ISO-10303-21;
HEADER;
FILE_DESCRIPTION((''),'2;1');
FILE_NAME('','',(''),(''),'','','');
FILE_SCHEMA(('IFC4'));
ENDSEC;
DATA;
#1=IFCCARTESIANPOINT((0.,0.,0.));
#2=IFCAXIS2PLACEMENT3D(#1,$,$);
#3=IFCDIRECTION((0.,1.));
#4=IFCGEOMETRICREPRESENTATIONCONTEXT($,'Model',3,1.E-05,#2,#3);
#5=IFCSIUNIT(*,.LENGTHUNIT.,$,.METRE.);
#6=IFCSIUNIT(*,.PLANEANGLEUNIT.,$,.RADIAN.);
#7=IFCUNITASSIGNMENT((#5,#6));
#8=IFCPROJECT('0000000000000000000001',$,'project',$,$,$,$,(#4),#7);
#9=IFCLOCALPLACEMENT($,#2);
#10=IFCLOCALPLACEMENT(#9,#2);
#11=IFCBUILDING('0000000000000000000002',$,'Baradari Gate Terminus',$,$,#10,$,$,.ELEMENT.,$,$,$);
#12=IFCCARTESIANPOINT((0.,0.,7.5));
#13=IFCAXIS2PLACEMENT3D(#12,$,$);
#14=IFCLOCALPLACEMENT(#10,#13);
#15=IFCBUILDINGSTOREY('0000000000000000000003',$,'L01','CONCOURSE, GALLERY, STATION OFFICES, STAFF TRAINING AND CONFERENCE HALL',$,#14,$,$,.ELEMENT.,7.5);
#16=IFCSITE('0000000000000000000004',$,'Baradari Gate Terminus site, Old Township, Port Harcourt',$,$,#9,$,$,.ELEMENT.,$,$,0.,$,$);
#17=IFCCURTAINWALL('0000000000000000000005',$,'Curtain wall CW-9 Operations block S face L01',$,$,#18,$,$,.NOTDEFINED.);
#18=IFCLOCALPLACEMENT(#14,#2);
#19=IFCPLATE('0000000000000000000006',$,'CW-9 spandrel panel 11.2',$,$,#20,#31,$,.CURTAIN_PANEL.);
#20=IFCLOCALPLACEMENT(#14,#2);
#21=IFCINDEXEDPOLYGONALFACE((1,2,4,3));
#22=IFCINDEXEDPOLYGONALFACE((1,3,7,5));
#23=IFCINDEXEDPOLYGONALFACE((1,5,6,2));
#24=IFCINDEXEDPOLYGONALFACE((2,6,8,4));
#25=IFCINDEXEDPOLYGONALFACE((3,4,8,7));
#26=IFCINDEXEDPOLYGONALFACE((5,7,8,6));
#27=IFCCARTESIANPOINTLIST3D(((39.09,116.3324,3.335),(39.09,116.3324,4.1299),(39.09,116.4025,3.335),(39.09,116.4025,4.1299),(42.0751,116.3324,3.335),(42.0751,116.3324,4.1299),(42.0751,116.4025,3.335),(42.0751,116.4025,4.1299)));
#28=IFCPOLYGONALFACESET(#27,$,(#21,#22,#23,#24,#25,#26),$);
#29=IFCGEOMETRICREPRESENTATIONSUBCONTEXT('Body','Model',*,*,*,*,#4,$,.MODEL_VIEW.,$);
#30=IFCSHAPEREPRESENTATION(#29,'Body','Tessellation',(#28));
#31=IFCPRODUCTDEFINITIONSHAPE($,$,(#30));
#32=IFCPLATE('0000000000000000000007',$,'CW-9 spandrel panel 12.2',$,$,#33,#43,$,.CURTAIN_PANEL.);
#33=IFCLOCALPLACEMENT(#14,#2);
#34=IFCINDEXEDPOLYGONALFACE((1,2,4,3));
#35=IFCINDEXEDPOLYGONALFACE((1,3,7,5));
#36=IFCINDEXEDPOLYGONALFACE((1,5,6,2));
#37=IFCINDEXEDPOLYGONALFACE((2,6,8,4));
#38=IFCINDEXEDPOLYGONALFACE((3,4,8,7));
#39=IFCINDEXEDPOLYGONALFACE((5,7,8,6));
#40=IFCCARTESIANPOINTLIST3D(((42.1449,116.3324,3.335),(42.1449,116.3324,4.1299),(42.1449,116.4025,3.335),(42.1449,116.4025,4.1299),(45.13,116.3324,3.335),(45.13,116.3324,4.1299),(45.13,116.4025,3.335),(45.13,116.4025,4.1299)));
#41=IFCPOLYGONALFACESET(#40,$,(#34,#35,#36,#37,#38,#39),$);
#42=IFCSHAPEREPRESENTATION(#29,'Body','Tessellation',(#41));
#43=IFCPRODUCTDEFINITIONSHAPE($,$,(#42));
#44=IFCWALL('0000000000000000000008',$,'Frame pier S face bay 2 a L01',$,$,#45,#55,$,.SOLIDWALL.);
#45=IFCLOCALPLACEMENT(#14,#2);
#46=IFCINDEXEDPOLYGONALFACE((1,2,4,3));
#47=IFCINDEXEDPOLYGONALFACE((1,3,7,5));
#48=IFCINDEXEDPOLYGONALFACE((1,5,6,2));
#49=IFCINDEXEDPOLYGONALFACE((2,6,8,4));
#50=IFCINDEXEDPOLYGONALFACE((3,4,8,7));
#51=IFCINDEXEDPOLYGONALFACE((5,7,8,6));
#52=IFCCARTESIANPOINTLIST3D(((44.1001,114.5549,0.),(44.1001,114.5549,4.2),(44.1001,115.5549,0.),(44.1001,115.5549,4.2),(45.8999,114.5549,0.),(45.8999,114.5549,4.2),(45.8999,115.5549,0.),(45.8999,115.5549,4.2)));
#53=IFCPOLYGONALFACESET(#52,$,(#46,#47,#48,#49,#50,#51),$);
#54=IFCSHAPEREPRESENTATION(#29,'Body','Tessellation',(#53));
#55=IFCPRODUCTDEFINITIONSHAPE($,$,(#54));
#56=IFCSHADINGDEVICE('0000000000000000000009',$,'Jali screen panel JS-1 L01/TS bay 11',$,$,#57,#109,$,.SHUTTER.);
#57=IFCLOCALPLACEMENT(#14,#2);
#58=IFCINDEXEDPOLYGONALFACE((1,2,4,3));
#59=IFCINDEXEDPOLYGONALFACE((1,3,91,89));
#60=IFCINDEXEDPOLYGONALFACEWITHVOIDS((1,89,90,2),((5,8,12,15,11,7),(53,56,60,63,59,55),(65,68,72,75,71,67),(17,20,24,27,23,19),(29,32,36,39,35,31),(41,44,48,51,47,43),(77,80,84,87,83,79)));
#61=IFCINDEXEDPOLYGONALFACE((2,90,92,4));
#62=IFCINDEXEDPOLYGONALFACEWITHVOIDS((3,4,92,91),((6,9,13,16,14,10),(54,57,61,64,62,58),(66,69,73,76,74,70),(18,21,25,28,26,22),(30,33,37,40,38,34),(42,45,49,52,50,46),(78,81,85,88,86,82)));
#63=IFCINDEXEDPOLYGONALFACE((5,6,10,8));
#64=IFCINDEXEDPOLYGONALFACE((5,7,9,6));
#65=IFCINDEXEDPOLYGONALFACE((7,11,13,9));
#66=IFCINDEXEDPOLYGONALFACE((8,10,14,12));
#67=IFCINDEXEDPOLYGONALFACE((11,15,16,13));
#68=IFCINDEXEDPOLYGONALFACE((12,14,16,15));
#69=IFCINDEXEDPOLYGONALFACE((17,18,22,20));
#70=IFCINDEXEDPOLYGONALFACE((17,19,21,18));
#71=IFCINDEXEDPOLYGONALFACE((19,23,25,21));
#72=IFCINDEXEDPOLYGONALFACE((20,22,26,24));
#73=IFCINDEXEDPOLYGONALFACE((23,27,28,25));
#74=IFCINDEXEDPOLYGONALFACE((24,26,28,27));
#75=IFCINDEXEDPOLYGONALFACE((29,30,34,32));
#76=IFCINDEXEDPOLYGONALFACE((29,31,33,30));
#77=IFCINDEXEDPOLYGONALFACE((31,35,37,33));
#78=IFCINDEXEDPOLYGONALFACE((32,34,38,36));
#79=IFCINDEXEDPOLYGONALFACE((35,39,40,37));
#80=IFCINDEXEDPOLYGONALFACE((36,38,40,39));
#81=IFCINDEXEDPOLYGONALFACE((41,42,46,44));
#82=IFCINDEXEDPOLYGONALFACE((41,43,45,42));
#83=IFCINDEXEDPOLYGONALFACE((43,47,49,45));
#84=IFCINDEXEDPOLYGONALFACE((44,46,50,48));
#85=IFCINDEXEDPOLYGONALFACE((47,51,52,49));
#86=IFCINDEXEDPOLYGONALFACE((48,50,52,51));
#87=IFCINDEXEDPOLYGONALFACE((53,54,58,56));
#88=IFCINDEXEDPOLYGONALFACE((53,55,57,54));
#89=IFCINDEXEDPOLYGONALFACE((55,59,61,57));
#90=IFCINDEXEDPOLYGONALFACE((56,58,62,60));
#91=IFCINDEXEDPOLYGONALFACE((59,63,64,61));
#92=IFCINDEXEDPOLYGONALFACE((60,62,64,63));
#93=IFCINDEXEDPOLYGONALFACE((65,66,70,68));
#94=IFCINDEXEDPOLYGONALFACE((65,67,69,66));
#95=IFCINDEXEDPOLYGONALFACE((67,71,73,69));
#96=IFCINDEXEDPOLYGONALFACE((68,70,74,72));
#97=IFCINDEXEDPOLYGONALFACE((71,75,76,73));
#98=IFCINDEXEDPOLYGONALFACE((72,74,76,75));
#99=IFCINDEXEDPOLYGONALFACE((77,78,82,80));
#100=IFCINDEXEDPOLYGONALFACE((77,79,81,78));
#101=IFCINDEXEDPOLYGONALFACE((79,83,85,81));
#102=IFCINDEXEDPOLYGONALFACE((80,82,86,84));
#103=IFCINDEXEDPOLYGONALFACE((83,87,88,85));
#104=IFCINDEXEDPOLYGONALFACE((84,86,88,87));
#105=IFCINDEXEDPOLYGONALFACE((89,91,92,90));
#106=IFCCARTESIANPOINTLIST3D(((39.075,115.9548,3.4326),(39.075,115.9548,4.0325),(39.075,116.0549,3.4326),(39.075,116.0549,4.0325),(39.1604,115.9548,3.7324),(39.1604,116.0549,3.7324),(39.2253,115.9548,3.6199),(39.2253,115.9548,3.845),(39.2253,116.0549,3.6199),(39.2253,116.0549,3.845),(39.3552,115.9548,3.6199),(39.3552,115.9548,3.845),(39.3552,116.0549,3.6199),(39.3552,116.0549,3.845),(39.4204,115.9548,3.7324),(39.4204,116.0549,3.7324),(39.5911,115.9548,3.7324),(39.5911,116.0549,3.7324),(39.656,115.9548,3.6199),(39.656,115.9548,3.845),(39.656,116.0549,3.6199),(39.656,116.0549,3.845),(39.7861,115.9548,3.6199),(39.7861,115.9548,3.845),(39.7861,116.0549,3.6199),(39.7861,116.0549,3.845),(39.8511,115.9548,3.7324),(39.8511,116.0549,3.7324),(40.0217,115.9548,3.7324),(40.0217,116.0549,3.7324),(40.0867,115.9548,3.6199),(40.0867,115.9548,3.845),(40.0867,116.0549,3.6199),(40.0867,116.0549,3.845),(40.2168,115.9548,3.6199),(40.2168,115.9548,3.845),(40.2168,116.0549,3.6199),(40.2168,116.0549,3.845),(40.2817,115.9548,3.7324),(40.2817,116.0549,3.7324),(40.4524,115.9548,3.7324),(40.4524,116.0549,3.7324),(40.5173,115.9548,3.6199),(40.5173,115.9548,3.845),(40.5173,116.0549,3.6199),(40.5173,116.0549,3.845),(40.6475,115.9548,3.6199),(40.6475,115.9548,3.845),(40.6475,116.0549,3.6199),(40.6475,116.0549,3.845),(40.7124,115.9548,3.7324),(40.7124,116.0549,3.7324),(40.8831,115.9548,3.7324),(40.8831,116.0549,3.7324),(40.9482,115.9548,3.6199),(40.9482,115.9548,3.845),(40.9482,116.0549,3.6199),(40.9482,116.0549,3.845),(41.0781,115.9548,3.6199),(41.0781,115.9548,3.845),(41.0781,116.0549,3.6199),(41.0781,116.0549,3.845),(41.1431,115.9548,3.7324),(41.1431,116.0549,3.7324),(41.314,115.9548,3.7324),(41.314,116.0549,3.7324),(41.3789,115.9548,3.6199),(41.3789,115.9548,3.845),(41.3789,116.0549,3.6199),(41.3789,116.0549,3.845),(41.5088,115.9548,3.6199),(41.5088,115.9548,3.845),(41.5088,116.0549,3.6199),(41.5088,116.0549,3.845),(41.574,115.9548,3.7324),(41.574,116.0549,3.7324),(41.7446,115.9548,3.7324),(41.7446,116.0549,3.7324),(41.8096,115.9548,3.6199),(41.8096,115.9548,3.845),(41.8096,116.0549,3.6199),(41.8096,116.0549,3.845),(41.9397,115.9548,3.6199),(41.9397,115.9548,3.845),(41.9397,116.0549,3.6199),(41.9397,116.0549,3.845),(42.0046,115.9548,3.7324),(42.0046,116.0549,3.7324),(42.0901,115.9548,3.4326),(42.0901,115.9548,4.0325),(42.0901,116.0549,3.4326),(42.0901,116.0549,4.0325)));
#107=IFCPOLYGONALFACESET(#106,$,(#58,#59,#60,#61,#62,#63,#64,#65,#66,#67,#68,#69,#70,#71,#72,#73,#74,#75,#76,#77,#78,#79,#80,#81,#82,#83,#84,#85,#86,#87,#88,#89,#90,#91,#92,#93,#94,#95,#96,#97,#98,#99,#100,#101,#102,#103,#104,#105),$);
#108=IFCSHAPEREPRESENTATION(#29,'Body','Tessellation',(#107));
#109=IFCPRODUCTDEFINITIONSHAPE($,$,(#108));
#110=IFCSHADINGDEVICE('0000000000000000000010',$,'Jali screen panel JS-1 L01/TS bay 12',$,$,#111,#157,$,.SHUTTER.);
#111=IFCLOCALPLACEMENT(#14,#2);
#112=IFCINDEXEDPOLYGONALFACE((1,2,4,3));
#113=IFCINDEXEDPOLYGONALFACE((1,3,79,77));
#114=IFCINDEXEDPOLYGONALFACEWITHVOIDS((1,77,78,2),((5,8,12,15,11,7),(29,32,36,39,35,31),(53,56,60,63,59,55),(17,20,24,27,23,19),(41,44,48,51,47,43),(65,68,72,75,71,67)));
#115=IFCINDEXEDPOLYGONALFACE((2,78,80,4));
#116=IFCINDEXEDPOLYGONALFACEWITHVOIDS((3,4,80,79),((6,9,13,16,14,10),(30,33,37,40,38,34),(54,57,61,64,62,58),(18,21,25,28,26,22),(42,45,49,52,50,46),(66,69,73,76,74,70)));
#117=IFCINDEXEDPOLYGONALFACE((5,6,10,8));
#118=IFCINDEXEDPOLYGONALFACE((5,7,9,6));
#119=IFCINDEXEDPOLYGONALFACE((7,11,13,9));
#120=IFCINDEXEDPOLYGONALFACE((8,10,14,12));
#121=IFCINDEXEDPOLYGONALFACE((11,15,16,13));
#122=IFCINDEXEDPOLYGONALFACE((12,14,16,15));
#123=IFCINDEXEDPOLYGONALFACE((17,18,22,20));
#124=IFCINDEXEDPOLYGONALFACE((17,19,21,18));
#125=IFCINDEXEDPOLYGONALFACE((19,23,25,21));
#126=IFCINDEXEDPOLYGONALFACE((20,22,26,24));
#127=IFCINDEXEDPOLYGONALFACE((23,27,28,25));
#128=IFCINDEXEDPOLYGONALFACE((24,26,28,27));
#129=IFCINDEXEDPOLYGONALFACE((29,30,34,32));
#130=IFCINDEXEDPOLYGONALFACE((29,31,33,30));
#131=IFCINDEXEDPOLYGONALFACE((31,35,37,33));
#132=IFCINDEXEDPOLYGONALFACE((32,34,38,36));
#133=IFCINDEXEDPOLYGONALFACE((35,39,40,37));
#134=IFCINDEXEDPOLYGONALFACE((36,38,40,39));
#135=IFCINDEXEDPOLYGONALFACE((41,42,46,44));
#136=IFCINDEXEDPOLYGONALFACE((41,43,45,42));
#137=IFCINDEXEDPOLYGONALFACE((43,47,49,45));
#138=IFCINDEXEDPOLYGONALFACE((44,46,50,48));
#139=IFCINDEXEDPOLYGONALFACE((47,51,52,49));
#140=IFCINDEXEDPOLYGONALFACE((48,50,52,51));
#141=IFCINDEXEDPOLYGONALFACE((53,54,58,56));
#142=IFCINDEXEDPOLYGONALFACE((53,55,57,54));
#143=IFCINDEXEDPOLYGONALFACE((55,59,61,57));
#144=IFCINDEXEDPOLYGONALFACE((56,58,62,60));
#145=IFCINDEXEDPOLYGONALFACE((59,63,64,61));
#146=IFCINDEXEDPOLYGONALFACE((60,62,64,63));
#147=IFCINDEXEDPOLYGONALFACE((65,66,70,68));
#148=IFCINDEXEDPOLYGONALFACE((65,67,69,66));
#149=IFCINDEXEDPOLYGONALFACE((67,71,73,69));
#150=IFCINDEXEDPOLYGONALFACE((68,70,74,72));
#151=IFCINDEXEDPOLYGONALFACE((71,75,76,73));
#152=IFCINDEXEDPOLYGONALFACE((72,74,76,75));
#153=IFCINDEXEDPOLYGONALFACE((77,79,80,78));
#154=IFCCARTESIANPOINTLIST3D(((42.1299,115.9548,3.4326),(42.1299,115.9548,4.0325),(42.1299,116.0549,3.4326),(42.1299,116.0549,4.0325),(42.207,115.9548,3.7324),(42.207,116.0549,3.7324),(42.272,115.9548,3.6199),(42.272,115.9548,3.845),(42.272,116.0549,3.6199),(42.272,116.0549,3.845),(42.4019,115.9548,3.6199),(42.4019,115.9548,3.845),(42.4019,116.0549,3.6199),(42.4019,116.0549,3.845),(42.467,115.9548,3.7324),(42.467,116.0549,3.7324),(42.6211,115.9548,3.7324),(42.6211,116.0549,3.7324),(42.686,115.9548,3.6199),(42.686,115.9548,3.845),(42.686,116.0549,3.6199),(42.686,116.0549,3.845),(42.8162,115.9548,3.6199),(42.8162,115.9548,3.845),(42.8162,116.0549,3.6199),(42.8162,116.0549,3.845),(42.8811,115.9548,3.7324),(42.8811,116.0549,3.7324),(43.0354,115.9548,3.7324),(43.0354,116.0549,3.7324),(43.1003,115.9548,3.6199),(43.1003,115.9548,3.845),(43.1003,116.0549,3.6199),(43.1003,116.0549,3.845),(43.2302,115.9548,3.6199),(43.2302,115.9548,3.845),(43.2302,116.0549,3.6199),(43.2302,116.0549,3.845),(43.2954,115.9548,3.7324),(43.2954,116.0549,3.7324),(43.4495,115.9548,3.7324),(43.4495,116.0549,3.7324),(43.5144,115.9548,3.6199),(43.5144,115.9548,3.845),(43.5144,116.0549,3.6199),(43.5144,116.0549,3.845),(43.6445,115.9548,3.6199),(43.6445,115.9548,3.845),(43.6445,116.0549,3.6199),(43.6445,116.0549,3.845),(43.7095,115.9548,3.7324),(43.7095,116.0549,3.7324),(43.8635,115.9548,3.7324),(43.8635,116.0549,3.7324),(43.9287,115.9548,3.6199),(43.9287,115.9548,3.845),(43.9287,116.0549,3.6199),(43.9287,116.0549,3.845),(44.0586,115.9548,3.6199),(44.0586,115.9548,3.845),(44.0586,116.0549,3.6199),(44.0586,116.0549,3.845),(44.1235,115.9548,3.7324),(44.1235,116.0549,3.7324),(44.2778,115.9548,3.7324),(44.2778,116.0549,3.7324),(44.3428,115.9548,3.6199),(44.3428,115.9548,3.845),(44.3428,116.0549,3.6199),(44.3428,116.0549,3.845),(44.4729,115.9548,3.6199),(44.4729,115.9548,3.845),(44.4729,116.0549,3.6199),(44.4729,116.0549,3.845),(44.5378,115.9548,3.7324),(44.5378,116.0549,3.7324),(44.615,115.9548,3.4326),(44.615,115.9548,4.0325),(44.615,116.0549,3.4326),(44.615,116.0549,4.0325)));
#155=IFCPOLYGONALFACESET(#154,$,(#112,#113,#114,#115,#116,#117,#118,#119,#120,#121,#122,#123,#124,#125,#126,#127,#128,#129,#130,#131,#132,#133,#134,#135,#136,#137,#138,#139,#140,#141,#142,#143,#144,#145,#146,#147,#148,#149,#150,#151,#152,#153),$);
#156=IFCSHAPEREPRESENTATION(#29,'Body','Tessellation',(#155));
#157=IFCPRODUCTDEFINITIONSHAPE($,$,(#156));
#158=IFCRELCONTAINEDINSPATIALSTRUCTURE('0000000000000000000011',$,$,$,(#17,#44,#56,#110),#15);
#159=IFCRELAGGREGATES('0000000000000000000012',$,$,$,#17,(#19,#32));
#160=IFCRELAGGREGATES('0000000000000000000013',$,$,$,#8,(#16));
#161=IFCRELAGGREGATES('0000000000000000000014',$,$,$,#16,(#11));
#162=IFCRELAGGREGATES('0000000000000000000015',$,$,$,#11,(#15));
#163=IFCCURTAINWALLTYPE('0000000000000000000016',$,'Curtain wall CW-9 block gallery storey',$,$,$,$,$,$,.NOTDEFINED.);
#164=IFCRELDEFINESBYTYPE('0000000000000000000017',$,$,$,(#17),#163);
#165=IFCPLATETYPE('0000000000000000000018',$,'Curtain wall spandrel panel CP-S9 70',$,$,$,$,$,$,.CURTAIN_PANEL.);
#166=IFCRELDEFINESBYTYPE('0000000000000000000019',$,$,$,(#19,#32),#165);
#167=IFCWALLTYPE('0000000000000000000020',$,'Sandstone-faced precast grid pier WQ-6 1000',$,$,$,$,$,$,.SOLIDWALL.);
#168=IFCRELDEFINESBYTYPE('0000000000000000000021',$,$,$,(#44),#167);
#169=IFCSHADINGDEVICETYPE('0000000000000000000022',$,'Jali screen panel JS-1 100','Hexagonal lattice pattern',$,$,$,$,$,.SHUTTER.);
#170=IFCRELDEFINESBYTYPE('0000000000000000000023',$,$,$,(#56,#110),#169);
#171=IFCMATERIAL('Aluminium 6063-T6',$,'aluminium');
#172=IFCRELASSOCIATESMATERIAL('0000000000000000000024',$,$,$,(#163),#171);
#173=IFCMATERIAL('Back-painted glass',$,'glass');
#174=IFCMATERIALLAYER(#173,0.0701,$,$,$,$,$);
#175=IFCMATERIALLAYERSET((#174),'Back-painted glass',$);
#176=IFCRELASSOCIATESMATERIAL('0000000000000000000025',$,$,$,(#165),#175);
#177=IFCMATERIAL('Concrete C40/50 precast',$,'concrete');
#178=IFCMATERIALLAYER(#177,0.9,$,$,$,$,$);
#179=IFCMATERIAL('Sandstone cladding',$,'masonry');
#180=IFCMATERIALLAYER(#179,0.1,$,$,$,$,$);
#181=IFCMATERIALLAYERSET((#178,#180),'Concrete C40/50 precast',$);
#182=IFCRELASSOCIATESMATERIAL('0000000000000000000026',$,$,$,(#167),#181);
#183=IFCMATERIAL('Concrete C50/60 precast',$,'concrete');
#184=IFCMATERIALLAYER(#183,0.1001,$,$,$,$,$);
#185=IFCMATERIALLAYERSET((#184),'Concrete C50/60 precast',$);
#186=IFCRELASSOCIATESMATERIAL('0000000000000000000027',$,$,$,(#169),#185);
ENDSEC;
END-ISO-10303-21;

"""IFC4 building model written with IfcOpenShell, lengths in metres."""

from ifc_helpers import new_model, si_unit, direction, frame, frame_2d, origin, origin_2d, place, context, subcontext, project, spatial, polyline, rectangle, outline, extrude, material, layer, layer_set, type_object, element, aggregate, save


model = new_model("IFC4")

# Units and contexts
model_context = context("Model", 3, precision=1e-05, world=origin(), true_north=direction((0.0, 1.0)))
body_context = subcontext(model_context, "Body", "Model", "MODEL_VIEW")
ifc_project = project(units=[si_unit("LENGTHUNIT", "METRE"), si_unit("PLANEANGLEUNIT", "RADIAN")], contexts=[model_context])

# Site, building, storey
site_placement = place(None, origin())
site = spatial("IfcSite", under=ifc_project, at=site_placement, Name="Baradari Gate Terminus site, Old Township, Port Harcourt", CompositionType="ELEMENT", RefElevation=0.0)
building_placement = place(site_placement, origin())
building = spatial("IfcBuilding", under=site, at=building_placement, Name="Baradari Gate Terminus", CompositionType="ELEMENT")
storey_placement = place(building_placement, frame((0.0, 0.0, 7.5)))
storey = spatial("IfcBuildingStorey", under=building, at=storey_placement, Name="L01", Description="CONCOURSE, GALLERY, STATION OFFICES, STAFF TRAINING AND CONFERENCE HALL", CompositionType="ELEMENT", Elevation=7.5)

# Curtain wall, plates
ifc_material_1 = material(Name="Aluminium 6063-T6", Category="aluminium")
curtain_wall_type = type_object("IfcCurtainWallType", Name="Curtain wall CW-9 block gallery storey", PredefinedType="NOTDEFINED", material=ifc_material_1)
curtain_wall_placement = place(storey_placement, origin())
curtain_wall = element("IfcCurtainWall", 1, at=curtain_wall_placement, inside=storey, type_object=curtain_wall_type, Name="Curtain wall CW-9 Operations block S face L01", PredefinedType="NOTDEFINED")
ifc_material_2 = material(Name="Back-painted glass", Category="glass")
ifc_layer_1 = layer(ifc_material_2, 0.0701)
ifc_layer_set_1 = layer_set([ifc_layer_1], Name="Back-painted glass")
plate_type_1 = type_object("IfcPlateType", Name="Curtain wall spandrel panel CP-S9 70", PredefinedType="CURTAIN_PANEL", material=ifc_layer_set_1)
plate_1_placement = place(storey_placement, frame((40.5825, 116.3674, 3.335), z_axis=(0.0, 0.0, 1.0), x_axis=(1.0, 0.0, 0.0)))
plate_1 = element("IfcPlate", 2, at=plate_1_placement, type_object=plate_type_1, Name="CW-9 spandrel panel 11.2", PredefinedType="CURTAIN_PANEL", context=body_context, shape_type="SweptSolid", body=[
    extrude(rectangle(XDim=2.9851, YDim=0.0701, at=origin_2d()), origin(), (0.0, 0.0, 1.0), 0.7949),
])
plate_2_placement = place(storey_placement, frame((43.6375, 116.3674, 3.335), z_axis=(0.0, 0.0, 1.0), x_axis=(1.0, 0.0, 0.0)))
plate_2 = element("IfcPlate", 3, at=plate_2_placement, type_object=plate_type_1, Name="CW-9 spandrel panel 12.2", PredefinedType="CURTAIN_PANEL", context=body_context, shape_type="SweptSolid", body=[
    extrude(rectangle(XDim=2.9851, YDim=0.0701, at=origin_2d()), origin(), (0.0, 0.0, 1.0), 0.7949),
])
aggregate(curtain_wall, [plate_1, plate_2])

# Wall
ifc_material_3 = material(Name="Concrete C40/50 precast", Category="concrete")
ifc_layer_2 = layer(ifc_material_3, 0.9)
ifc_material_4 = material(Name="Sandstone cladding", Category="masonry")
ifc_layer_3 = layer(ifc_material_4, 0.1)
ifc_layer_set_2 = layer_set([ifc_layer_2, ifc_layer_3], Name="Concrete C40/50 precast")
wall_type = type_object("IfcWallType", Name="Sandstone-faced precast grid pier WQ-6 1000", PredefinedType="SOLIDWALL", material=ifc_layer_set_2)
wall_placement = place(storey_placement, frame((44.1001, 115.0549, 0.0), z_axis=(0.0, 0.0, 1.0), x_axis=(1.0, 0.0, 0.0)))
element("IfcWall", 4, at=wall_placement, inside=storey, type_object=wall_type, Name="Frame pier S face bay 2 a L01", PredefinedType="SOLIDWALL", context=body_context, shape_type="SweptSolid", body=[
    extrude(rectangle(XDim=1.7998, YDim=1.0, at=frame_2d((0.8999, 0.0))), origin(), (0.0, 0.0, 1.0), 4.2),
])

# Shading devices
ifc_material_5 = material(Name="Concrete C50/60 precast", Category="concrete")
ifc_layer_4 = layer(ifc_material_5, 0.1001)
ifc_layer_set_3 = layer_set([ifc_layer_4], Name="Concrete C50/60 precast")
shading_device_type = type_object("IfcShadingDeviceType", Name="Jali screen panel JS-1 100", Description="Hexagonal lattice pattern", PredefinedType="SHUTTER", material=ifc_layer_set_3)
shading_device_1_placement = place(storey_placement, frame((39.075, 116.0049, 3.4326), z_axis=(0.0, 0.0, 1.0), x_axis=(1.0, 0.0, 0.0)))
element("IfcShadingDevice", 5, at=shading_device_1_placement, inside=storey, type_object=shading_device_type, Name="Jali screen panel JS-1 L01/TS bay 11", PredefinedType="SHUTTER", context=body_context, shape_type="SweptSolid", body=[
    extrude(outline(polyline([(0.0, 0.0), (3.0151, 0.0), (3.0151, 0.5999), (0.0, 0.5999), (0.0, 0.0)]), holes=[polyline([(0.3455, 0.2998), (0.2803, 0.1873), (0.1504, 0.1873), (0.0854, 0.2998), (0.1504, 0.4124), (0.2803, 0.4124), (0.3455, 0.2998)]), polyline([(0.7761, 0.2998), (0.7112, 0.1873), (0.5811, 0.1873), (0.5161, 0.2998), (0.5811, 0.4124), (0.7112, 0.4124), (0.7761, 0.2998)]), polyline([(1.2068, 0.2998), (1.1418, 0.1873), (1.0117, 0.1873), (0.9468, 0.2998), (1.0117, 0.4124), (1.1418, 0.4124), (1.2068, 0.2998)]), polyline([(1.6375, 0.2998), (1.5725, 0.1873), (1.4424, 0.1873), (1.3774, 0.2998), (1.4424, 0.4124), (1.5725, 0.4124), (1.6375, 0.2998)]), polyline([(2.0681, 0.2998), (2.0032, 0.1873), (1.8733, 0.1873), (1.8081, 0.2998), (1.8733, 0.4124), (2.0032, 0.4124), (2.0681, 0.2998)]), polyline([(2.499, 0.2998), (2.4338, 0.1873), (2.304, 0.1873), (2.239, 0.2998), (2.304, 0.4124), (2.4338, 0.4124), (2.499, 0.2998)]), polyline([(2.9297, 0.2998), (2.8647, 0.1873), (2.7346, 0.1873), (2.6697, 0.2998), (2.7346, 0.4124), (2.8647, 0.4124), (2.9297, 0.2998)])]), frame((0.0, 0.05, 0.0), z_axis=(0.0, -1.0, 0.0), x_axis=(1.0, 0.0, 0.0)), (0.0, 0.0, 1.0), 0.1001),
])
shading_device_2_placement = place(storey_placement, frame((42.1299, 116.0049, 3.4326), z_axis=(0.0, 0.0, 1.0), x_axis=(1.0, 0.0, 0.0)))
element("IfcShadingDevice", 6, at=shading_device_2_placement, inside=storey, type_object=shading_device_type, Name="Jali screen panel JS-1 L01/TS bay 12", PredefinedType="SHUTTER", context=body_context, shape_type="SweptSolid", body=[
    extrude(outline(polyline([(0.0, 0.0), (2.4851, 0.0), (2.4851, 0.5999), (0.0, 0.5999), (0.0, 0.0)]), holes=[polyline([(0.3372, 0.2998), (0.272, 0.1873), (0.1421, 0.1873), (0.0771, 0.2998), (0.1421, 0.4124), (0.272, 0.4124), (0.3372, 0.2998)]), polyline([(0.7512, 0.2998), (0.6863, 0.1873), (0.5562, 0.1873), (0.4912, 0.2998), (0.5562, 0.4124), (0.6863, 0.4124), (0.7512, 0.2998)]), polyline([(1.1655, 0.2998), (1.1003, 0.1873), (0.9705, 0.1873), (0.9055, 0.2998), (0.9705, 0.4124), (1.1003, 0.4124), (1.1655, 0.2998)]), polyline([(1.5796, 0.2998), (1.5146, 0.1873), (1.3845, 0.1873), (1.3196, 0.2998), (1.3845, 0.4124), (1.5146, 0.4124), (1.5796, 0.2998)]), polyline([(1.9937, 0.2998), (1.9287, 0.1873), (1.7988, 0.1873), (1.7336, 0.2998), (1.7988, 0.4124), (1.9287, 0.4124), (1.9937, 0.2998)]), polyline([(2.408, 0.2998), (2.343, 0.1873), (2.2129, 0.1873), (2.1479, 0.2998), (2.2129, 0.4124), (2.343, 0.4124), (2.408, 0.2998)])]), frame((0.0, 0.05, 0.0), z_axis=(0.0, -1.0, 0.0), x_axis=(1.0, 0.0, 0.0)), (0.0, 0.0, 1.0), 0.1001),
])

save(model, "model.ifc")
